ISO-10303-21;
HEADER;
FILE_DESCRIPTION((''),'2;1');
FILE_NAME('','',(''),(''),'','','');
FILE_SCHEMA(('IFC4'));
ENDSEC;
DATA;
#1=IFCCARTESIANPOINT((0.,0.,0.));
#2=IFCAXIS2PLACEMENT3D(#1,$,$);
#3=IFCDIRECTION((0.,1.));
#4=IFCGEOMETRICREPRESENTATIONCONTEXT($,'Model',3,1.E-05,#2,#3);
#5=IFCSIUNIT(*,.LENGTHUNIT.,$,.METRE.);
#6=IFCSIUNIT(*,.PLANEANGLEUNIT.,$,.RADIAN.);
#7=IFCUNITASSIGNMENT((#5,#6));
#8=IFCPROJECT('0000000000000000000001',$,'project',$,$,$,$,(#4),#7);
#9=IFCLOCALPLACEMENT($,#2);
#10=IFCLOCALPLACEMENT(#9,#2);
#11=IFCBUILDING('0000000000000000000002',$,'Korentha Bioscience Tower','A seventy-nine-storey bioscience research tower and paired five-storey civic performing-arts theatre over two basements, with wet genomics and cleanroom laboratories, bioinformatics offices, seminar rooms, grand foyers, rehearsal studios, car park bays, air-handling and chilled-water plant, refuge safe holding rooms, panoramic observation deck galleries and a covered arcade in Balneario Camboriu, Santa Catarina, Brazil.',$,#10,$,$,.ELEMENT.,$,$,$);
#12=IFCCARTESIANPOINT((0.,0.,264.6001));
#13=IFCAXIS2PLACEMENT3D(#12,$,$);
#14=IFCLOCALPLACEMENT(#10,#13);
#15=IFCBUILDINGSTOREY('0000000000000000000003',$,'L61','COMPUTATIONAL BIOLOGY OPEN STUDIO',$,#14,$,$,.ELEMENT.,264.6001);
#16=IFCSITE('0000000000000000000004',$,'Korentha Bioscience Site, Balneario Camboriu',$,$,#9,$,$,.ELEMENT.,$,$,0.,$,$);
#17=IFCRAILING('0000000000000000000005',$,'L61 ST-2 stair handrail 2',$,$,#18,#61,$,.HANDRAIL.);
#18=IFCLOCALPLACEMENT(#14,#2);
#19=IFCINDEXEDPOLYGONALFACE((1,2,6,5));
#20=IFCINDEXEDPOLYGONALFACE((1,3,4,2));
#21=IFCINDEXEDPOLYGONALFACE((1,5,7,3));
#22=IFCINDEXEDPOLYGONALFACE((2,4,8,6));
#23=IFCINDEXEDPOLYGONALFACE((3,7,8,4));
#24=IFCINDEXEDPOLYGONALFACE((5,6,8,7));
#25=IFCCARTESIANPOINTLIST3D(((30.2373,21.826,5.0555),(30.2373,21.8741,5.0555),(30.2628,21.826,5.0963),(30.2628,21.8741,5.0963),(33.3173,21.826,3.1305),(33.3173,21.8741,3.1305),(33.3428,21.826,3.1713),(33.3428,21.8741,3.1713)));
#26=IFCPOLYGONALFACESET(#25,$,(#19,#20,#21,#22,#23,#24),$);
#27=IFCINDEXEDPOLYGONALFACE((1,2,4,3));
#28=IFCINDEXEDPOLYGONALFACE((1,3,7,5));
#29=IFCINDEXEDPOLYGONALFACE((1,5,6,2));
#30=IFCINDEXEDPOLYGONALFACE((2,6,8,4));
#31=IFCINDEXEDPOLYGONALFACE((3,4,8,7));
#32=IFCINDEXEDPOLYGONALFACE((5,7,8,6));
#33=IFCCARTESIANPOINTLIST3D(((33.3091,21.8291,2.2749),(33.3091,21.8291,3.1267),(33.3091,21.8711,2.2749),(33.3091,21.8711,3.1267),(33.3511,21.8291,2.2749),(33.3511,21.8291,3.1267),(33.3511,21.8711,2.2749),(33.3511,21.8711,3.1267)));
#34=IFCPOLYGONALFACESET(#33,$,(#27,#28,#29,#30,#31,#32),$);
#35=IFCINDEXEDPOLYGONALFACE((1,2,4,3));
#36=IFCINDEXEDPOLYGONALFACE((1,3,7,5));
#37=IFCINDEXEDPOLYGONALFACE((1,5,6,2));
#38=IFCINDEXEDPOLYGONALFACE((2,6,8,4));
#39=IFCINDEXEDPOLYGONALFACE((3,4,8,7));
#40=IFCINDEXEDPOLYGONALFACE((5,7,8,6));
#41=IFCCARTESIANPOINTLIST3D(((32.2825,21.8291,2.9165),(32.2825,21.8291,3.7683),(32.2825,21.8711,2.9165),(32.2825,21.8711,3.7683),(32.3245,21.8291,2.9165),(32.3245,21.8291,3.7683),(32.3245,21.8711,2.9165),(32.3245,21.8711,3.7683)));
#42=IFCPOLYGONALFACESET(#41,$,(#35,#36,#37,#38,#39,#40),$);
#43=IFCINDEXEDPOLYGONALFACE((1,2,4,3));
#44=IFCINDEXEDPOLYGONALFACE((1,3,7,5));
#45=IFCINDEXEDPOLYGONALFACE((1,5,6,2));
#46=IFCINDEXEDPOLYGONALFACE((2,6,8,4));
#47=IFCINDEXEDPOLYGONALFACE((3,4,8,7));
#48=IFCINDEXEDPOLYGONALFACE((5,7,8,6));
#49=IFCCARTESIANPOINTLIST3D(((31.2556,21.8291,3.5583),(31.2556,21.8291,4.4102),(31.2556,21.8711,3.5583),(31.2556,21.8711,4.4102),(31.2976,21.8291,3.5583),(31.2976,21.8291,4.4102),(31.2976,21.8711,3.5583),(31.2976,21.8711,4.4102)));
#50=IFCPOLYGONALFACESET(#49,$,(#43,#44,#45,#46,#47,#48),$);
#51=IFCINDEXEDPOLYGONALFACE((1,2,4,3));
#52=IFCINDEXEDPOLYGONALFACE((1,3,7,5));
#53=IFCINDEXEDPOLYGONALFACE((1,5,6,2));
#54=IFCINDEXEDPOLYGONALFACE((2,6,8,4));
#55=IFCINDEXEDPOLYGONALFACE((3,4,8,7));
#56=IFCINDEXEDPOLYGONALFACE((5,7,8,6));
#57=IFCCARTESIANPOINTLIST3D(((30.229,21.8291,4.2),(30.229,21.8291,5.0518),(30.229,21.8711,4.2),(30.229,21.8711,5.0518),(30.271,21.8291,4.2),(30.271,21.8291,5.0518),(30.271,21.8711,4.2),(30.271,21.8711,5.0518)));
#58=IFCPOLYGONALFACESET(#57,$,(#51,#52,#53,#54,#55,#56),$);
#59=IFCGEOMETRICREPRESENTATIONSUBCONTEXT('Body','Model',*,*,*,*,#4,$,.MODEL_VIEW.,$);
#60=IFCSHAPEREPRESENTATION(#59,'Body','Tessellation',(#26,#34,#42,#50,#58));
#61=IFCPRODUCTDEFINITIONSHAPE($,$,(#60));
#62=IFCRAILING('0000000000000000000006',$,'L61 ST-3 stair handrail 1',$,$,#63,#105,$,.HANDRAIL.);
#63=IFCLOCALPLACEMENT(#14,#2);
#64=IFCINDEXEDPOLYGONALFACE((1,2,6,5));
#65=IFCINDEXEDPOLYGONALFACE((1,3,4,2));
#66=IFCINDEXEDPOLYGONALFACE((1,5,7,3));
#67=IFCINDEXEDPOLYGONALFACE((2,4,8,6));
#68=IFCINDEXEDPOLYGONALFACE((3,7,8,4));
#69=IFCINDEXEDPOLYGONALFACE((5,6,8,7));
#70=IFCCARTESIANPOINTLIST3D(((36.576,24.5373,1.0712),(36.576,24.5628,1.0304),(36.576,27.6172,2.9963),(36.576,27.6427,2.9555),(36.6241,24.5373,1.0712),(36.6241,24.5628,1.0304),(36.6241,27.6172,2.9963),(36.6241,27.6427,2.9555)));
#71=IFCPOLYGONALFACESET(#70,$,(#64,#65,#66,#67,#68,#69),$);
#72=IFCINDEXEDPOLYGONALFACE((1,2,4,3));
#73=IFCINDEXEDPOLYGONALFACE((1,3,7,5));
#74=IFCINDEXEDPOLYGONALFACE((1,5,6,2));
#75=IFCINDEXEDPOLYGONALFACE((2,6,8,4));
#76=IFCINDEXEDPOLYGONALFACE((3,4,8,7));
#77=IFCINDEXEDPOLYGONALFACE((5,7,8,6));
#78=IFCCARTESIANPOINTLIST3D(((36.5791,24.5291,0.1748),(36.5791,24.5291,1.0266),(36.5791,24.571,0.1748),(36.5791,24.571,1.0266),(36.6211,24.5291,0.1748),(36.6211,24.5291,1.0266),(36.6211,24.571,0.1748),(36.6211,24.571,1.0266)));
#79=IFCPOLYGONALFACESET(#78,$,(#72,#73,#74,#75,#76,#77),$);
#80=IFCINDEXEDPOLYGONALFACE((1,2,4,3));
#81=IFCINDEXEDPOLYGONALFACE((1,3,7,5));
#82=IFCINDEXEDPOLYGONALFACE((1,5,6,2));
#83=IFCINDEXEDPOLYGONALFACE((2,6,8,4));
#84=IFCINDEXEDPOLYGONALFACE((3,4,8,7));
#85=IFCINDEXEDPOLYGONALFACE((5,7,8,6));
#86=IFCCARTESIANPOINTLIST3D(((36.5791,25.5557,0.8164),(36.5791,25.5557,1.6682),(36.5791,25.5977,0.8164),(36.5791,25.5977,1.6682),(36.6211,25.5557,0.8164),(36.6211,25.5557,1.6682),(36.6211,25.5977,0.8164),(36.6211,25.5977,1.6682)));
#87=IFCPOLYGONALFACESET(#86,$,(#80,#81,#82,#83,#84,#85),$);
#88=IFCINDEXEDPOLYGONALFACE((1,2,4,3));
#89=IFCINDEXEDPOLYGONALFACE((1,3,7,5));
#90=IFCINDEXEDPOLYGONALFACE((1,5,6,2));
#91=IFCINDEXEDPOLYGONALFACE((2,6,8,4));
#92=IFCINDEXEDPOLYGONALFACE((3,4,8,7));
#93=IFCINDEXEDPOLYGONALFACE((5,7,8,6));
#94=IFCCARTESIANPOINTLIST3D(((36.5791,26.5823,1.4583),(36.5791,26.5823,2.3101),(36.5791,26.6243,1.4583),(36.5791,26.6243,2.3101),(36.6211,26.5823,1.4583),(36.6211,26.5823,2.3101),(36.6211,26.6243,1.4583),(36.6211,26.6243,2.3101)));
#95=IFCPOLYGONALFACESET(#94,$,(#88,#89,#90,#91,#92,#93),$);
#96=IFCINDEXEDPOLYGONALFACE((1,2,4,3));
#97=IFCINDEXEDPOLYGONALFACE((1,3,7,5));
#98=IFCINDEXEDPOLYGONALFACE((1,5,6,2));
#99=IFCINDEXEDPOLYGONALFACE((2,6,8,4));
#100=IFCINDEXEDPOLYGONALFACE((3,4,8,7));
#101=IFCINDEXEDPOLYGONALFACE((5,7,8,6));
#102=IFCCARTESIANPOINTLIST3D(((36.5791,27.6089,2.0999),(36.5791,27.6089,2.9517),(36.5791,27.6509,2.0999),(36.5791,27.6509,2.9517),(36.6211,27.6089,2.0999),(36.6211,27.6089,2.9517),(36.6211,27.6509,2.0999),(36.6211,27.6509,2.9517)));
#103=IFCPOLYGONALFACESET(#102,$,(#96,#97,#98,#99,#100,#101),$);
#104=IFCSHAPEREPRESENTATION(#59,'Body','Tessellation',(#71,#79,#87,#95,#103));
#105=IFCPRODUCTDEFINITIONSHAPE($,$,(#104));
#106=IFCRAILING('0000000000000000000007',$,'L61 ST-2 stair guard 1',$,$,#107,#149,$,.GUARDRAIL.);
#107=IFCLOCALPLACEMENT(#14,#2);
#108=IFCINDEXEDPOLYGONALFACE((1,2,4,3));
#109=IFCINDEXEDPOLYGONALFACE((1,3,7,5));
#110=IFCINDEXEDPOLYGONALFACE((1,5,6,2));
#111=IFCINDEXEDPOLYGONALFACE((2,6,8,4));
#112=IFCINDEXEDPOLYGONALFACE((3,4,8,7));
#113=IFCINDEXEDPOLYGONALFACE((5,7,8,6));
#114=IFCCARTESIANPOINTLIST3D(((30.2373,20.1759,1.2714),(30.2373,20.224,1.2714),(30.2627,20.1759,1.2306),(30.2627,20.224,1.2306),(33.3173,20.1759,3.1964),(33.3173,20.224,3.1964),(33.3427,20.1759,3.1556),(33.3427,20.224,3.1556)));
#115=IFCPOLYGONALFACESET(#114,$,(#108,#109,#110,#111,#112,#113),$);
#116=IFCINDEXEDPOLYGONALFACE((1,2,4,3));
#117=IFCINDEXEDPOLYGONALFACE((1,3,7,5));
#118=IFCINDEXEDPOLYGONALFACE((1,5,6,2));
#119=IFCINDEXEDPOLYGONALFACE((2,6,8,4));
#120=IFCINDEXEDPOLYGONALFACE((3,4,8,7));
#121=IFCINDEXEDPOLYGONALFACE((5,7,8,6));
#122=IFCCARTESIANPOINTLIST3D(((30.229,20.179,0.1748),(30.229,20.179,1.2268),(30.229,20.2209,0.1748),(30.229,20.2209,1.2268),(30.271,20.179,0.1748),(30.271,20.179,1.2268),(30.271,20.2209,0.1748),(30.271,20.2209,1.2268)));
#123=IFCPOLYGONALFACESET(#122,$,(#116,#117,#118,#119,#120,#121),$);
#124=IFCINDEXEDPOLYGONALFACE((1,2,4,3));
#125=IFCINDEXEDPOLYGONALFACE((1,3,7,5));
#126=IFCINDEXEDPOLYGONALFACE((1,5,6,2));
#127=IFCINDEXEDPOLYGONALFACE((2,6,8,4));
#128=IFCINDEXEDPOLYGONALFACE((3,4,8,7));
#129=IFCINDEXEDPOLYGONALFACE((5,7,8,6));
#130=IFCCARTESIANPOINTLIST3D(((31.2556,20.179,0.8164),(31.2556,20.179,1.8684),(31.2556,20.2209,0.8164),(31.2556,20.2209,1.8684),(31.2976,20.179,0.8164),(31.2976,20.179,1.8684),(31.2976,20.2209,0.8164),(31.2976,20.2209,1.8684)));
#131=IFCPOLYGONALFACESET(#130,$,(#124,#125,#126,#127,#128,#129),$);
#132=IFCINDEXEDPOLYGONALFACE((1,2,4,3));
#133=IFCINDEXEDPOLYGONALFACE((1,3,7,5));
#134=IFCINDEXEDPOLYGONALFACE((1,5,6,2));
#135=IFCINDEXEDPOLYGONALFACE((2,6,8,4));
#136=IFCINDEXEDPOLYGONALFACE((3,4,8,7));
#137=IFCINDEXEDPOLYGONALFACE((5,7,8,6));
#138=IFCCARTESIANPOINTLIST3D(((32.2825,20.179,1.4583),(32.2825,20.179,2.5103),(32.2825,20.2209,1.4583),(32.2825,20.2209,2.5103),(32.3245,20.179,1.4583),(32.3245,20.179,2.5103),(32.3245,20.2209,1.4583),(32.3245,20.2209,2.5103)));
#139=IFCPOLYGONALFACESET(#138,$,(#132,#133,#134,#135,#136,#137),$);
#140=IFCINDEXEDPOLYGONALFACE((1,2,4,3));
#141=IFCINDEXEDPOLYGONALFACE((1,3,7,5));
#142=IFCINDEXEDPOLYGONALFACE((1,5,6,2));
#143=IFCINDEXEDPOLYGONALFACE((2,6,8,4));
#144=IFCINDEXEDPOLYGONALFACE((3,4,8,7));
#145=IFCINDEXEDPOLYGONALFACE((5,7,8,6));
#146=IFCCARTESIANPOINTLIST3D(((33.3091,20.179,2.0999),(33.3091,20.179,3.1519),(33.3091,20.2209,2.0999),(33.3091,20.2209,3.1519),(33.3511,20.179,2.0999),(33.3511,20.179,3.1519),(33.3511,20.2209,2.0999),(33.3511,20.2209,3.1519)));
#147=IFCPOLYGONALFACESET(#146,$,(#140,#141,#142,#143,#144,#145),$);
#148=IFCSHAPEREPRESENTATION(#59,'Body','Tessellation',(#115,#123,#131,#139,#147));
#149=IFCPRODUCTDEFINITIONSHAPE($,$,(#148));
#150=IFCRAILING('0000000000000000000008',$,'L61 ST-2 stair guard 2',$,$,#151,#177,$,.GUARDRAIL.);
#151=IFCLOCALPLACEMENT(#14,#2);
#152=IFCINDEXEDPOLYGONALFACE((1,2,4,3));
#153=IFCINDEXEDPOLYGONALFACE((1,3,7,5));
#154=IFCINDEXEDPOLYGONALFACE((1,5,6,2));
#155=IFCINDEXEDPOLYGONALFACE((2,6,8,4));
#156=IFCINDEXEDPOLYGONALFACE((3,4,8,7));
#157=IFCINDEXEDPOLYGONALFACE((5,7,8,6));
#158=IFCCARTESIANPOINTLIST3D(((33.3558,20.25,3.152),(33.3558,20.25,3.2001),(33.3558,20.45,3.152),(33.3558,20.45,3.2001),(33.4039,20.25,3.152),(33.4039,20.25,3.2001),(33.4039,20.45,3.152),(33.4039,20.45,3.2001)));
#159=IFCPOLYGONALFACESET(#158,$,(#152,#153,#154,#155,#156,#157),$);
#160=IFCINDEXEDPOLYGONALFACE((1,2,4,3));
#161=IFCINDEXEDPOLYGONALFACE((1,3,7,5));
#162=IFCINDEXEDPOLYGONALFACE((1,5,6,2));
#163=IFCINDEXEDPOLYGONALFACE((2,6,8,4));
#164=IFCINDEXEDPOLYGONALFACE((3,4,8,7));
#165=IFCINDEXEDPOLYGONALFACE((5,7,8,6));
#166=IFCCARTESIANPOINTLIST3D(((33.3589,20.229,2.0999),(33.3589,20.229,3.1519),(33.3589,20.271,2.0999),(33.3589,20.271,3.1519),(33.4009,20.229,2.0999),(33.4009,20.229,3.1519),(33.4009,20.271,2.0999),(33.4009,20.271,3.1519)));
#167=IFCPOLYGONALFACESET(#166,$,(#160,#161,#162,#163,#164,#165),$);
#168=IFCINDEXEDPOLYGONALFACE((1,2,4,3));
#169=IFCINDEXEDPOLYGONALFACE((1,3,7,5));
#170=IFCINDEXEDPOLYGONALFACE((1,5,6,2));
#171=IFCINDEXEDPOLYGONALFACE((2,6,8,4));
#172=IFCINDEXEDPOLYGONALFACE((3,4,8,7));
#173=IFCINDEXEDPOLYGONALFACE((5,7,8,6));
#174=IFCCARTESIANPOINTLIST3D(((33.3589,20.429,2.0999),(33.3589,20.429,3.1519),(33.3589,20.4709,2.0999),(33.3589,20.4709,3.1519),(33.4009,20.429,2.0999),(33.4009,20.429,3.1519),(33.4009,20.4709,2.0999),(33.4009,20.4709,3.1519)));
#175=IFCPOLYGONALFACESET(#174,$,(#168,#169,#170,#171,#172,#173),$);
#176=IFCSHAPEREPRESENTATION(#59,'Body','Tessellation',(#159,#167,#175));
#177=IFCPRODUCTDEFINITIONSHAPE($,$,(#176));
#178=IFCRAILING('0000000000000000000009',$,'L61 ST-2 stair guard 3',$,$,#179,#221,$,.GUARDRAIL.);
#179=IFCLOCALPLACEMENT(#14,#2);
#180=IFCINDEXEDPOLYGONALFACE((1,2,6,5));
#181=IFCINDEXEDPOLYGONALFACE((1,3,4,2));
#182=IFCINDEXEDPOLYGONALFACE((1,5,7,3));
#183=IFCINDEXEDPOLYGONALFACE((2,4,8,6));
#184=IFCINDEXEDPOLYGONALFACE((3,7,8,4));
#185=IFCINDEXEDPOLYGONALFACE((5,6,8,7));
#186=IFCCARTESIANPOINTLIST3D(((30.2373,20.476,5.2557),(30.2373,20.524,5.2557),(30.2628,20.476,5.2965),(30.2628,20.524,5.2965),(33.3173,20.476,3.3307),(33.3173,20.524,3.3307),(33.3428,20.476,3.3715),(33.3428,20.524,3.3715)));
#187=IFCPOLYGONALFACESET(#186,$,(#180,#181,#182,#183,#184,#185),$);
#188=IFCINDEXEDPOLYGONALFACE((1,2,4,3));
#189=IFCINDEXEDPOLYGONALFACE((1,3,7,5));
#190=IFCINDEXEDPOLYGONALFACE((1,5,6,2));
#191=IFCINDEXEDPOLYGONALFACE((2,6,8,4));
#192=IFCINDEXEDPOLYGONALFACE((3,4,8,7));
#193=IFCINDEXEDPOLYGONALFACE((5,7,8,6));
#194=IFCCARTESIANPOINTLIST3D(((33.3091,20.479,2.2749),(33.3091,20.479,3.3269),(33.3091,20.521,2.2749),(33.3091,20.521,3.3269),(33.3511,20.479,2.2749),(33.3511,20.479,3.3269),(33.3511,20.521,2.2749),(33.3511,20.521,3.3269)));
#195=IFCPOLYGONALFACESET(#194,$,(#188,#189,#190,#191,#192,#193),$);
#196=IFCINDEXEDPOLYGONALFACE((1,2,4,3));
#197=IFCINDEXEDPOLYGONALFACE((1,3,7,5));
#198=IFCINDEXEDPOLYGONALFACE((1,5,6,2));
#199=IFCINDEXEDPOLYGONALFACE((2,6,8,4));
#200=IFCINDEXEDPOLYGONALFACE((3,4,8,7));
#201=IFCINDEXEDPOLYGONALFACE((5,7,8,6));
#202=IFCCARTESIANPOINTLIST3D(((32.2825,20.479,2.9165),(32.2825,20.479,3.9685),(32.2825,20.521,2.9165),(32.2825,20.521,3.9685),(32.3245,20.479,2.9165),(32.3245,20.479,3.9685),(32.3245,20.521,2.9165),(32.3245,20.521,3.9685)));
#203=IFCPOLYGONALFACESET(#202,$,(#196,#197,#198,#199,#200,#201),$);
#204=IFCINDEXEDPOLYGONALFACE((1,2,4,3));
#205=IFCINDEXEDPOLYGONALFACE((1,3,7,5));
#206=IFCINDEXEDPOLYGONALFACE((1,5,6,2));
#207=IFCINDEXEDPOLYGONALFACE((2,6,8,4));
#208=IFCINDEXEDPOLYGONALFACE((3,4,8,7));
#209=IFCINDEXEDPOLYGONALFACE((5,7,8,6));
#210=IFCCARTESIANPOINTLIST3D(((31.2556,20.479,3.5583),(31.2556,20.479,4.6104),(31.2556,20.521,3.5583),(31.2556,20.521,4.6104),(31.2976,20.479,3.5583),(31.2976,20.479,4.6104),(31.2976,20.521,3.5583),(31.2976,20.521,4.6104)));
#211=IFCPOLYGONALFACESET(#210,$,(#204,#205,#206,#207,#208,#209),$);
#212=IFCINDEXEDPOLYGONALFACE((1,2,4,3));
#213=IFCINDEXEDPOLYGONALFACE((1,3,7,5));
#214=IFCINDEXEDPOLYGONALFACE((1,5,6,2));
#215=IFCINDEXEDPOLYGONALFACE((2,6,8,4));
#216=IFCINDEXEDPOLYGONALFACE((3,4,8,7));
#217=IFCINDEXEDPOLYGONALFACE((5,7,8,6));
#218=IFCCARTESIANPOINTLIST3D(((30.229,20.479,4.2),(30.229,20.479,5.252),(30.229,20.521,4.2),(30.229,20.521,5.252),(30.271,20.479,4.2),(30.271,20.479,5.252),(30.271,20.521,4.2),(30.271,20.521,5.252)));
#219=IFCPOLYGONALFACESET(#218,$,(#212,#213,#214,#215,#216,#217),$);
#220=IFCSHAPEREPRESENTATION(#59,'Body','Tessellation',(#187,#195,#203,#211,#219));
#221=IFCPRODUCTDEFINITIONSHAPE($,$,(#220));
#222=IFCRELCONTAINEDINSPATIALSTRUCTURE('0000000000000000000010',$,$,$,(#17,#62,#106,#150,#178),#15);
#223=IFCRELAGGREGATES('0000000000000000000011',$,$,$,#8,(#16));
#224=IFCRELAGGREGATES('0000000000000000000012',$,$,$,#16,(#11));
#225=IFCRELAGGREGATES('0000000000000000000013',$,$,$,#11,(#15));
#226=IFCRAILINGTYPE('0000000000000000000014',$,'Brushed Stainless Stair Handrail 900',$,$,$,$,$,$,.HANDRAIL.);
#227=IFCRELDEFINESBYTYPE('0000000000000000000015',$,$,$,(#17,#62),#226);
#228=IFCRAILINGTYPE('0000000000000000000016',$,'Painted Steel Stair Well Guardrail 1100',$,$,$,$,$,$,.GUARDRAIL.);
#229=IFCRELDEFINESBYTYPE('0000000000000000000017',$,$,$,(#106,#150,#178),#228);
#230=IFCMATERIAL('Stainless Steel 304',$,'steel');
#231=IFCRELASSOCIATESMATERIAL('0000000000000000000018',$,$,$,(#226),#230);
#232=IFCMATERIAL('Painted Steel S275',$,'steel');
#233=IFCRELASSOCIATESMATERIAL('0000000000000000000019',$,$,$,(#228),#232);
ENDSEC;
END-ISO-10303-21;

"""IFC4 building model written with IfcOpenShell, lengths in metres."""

from ifc_helpers import new_model, si_unit, direction, frame, origin, origin_2d, place, context, subcontext, project, spatial, rectangle, extrude, material, type_object, element, save


model = new_model("IFC4")

# Units and contexts
model_context = context("Model", 3, precision=1e-05, world=origin(), true_north=direction((0.0, 1.0)))
body_context = subcontext(model_context, "Body", "Model", "MODEL_VIEW")
ifc_project = project(units=[si_unit("LENGTHUNIT", "METRE"), si_unit("PLANEANGLEUNIT", "RADIAN")], contexts=[model_context])

# Site, building, storey
site_placement = place(None, origin())
site = spatial("IfcSite", under=ifc_project, at=site_placement, Name="Korentha Bioscience Site, Balneario Camboriu", CompositionType="ELEMENT", RefElevation=0.0)
building_placement = place(site_placement, origin())
building = spatial("IfcBuilding", under=site, at=building_placement, Name="Korentha Bioscience Tower", Description="A seventy-nine-storey bioscience research tower and paired five-storey civic performing-arts theatre over two basements, with wet genomics and cleanroom laboratories, bioinformatics offices, seminar rooms, grand foyers, rehearsal studios, car park bays, air-handling and chilled-water plant, refuge safe holding rooms, panoramic observation deck galleries and a covered arcade in Balneario Camboriu, Santa Catarina, Brazil.", CompositionType="ELEMENT")
storey_placement = place(building_placement, frame((0.0, 0.0, 264.6001)))
storey = spatial("IfcBuildingStorey", under=building, at=storey_placement, Name="L61", Description="COMPUTATIONAL BIOLOGY OPEN STUDIO", CompositionType="ELEMENT", Elevation=264.6001)

# Railings
ifc_material_1 = material(Name="Stainless Steel 304", Category="steel")
railing_type_1 = type_object("IfcRailingType", Name="Brushed Stainless Stair Handrail 900", PredefinedType="HANDRAIL", material=ifc_material_1)
railing_1_placement = place(storey_placement, frame((33.3301, 21.8501, 2.2749)))
element("IfcRailing", 1, at=railing_1_placement, inside=storey, type_object=railing_type_1, Name="L61 ST-2 stair handrail 2", PredefinedType="HANDRAIL", context=body_context, shape_type="SweptSolid", body=[
    extrude(rectangle(XDim=0.0481, YDim=0.0481, at=origin_2d()), frame((0.0, 0.0, 0.876), z_axis=(-0.847998, 0.0, 0.529999), x_axis=(0.0, -1.0, 0.0)), (0.0, 0.0, 1.0), 3.6321),
    extrude(rectangle(XDim=0.042, YDim=0.042, at=origin_2d()), origin(), (0.0, 0.0, 1.0), 0.8518),
    extrude(rectangle(XDim=0.042, YDim=0.042, at=origin_2d()), frame((-1.0266, 0.0, 0.6416)), (0.0, 0.0, 1.0), 0.8518),
    extrude(rectangle(XDim=0.042, YDim=0.042, at=origin_2d()), frame((-2.0535, 0.0, 1.2834)), (0.0, 0.0, 1.0), 0.8518),
    extrude(rectangle(XDim=0.042, YDim=0.042, at=origin_2d()), frame((-3.0801, 0.0, 1.925)), (0.0, 0.0, 1.0), 0.8518),
])
railing_2_placement = place(storey_placement, frame((36.6001, 24.55, 0.1748)))
element("IfcRailing", 2, at=railing_2_placement, inside=storey, type_object=railing_type_1, Name="L61 ST-3 stair handrail 1", PredefinedType="HANDRAIL", context=body_context, shape_type="SweptSolid", body=[
    extrude(rectangle(XDim=0.0481, YDim=0.0481, at=origin_2d()), frame((0.0, 0.0, 0.876), z_axis=(0.0, 0.847979, 0.530029), x_axis=(-1.0, 0.0, 0.0)), (0.0, 0.0, 1.0), 3.6321),
    extrude(rectangle(XDim=0.042, YDim=0.042, at=origin_2d()), origin(), (0.0, 0.0, 1.0), 0.8518),
    extrude(rectangle(XDim=0.042, YDim=0.042, at=origin_2d()), frame((0.0, 1.0266, 0.6416)), (0.0, 0.0, 1.0), 0.8518),
    extrude(rectangle(XDim=0.042, YDim=0.042, at=origin_2d()), frame((0.0, 2.0532, 1.2834)), (0.0, 0.0, 1.0), 0.8518),
    extrude(rectangle(XDim=0.042, YDim=0.042, at=origin_2d()), frame((0.0, 3.0798, 1.925)), (0.0, 0.0, 1.0), 0.8518),
])
ifc_material_2 = material(Name="Painted Steel S275", Category="steel")
railing_type_2 = type_object("IfcRailingType", Name="Painted Steel Stair Well Guardrail 1100", PredefinedType="GUARDRAIL", material=ifc_material_2)
railing_3_placement = place(storey_placement, frame((30.25, 20.2, 0.1748)))
element("IfcRailing", 3, at=railing_3_placement, inside=storey, type_object=railing_type_2, Name="L61 ST-2 stair guard 1", PredefinedType="GUARDRAIL", context=body_context, shape_type="SweptSolid", body=[
    extrude(rectangle(XDim=0.0481, YDim=0.0481, at=origin_2d()), frame((0.0, 0.0, 1.0762), z_axis=(0.847998, 0.0, 0.529999), x_axis=(0.0, 1.0, 0.0)), (0.0, 0.0, 1.0), 3.6321),
    extrude(rectangle(XDim=0.042, YDim=0.042, at=origin_2d()), origin(), (0.0, 0.0, 1.0), 1.052),
    extrude(rectangle(XDim=0.042, YDim=0.042, at=origin_2d()), frame((1.0266, 0.0, 0.6416)), (0.0, 0.0, 1.0), 1.052),
    extrude(rectangle(XDim=0.042, YDim=0.042, at=origin_2d()), frame((2.0535, 0.0, 1.2834)), (0.0, 0.0, 1.0), 1.052),
    extrude(rectangle(XDim=0.042, YDim=0.042, at=origin_2d()), frame((3.0801, 0.0, 1.925)), (0.0, 0.0, 1.0), 1.052),
])
railing_4_placement = place(storey_placement, frame((33.3799, 20.25, 2.0999)))
element("IfcRailing", 4, at=railing_4_placement, inside=storey, type_object=railing_type_2, Name="L61 ST-2 stair guard 2", PredefinedType="GUARDRAIL", context=body_context, shape_type="SweptSolid", body=[
    extrude(rectangle(XDim=0.0481, YDim=0.0481, at=origin_2d()), frame((0.0, 0.0, 1.0762), z_axis=(0.0, 1.0, 0.0), x_axis=(-1.0, 0.0, 0.0)), (0.0, 0.0, 1.0), 0.2),
    extrude(rectangle(XDim=0.042, YDim=0.042, at=origin_2d()), origin(), (0.0, 0.0, 1.0), 1.052),
    extrude(rectangle(XDim=0.042, YDim=0.042, at=origin_2d()), frame((0.0, 0.2, 0.0)), (0.0, 0.0, 1.0), 1.052),
])
railing_5_placement = place(storey_placement, frame((33.3301, 20.5, 2.2749)))
element("IfcRailing", 5, at=railing_5_placement, inside=storey, type_object=railing_type_2, Name="L61 ST-2 stair guard 3", PredefinedType="GUARDRAIL", context=body_context, shape_type="SweptSolid", body=[
    extrude(rectangle(XDim=0.0481, YDim=0.0481, at=origin_2d()), frame((0.0, 0.0, 1.0762), z_axis=(-0.847998, 0.0, 0.529999), x_axis=(0.0, -1.0, 0.0)), (0.0, 0.0, 1.0), 3.6321),
    extrude(rectangle(XDim=0.042, YDim=0.042, at=origin_2d()), origin(), (0.0, 0.0, 1.0), 1.052),
    extrude(rectangle(XDim=0.042, YDim=0.042, at=origin_2d()), frame((-1.0266, 0.0, 0.6416)), (0.0, 0.0, 1.0), 1.052),
    extrude(rectangle(XDim=0.042, YDim=0.042, at=origin_2d()), frame((-2.0535, 0.0, 1.2834)), (0.0, 0.0, 1.0), 1.052),
    extrude(rectangle(XDim=0.042, YDim=0.042, at=origin_2d()), frame((-3.0801, 0.0, 1.925)), (0.0, 0.0, 1.0), 1.052),
])

save(model, "model.ifc")
